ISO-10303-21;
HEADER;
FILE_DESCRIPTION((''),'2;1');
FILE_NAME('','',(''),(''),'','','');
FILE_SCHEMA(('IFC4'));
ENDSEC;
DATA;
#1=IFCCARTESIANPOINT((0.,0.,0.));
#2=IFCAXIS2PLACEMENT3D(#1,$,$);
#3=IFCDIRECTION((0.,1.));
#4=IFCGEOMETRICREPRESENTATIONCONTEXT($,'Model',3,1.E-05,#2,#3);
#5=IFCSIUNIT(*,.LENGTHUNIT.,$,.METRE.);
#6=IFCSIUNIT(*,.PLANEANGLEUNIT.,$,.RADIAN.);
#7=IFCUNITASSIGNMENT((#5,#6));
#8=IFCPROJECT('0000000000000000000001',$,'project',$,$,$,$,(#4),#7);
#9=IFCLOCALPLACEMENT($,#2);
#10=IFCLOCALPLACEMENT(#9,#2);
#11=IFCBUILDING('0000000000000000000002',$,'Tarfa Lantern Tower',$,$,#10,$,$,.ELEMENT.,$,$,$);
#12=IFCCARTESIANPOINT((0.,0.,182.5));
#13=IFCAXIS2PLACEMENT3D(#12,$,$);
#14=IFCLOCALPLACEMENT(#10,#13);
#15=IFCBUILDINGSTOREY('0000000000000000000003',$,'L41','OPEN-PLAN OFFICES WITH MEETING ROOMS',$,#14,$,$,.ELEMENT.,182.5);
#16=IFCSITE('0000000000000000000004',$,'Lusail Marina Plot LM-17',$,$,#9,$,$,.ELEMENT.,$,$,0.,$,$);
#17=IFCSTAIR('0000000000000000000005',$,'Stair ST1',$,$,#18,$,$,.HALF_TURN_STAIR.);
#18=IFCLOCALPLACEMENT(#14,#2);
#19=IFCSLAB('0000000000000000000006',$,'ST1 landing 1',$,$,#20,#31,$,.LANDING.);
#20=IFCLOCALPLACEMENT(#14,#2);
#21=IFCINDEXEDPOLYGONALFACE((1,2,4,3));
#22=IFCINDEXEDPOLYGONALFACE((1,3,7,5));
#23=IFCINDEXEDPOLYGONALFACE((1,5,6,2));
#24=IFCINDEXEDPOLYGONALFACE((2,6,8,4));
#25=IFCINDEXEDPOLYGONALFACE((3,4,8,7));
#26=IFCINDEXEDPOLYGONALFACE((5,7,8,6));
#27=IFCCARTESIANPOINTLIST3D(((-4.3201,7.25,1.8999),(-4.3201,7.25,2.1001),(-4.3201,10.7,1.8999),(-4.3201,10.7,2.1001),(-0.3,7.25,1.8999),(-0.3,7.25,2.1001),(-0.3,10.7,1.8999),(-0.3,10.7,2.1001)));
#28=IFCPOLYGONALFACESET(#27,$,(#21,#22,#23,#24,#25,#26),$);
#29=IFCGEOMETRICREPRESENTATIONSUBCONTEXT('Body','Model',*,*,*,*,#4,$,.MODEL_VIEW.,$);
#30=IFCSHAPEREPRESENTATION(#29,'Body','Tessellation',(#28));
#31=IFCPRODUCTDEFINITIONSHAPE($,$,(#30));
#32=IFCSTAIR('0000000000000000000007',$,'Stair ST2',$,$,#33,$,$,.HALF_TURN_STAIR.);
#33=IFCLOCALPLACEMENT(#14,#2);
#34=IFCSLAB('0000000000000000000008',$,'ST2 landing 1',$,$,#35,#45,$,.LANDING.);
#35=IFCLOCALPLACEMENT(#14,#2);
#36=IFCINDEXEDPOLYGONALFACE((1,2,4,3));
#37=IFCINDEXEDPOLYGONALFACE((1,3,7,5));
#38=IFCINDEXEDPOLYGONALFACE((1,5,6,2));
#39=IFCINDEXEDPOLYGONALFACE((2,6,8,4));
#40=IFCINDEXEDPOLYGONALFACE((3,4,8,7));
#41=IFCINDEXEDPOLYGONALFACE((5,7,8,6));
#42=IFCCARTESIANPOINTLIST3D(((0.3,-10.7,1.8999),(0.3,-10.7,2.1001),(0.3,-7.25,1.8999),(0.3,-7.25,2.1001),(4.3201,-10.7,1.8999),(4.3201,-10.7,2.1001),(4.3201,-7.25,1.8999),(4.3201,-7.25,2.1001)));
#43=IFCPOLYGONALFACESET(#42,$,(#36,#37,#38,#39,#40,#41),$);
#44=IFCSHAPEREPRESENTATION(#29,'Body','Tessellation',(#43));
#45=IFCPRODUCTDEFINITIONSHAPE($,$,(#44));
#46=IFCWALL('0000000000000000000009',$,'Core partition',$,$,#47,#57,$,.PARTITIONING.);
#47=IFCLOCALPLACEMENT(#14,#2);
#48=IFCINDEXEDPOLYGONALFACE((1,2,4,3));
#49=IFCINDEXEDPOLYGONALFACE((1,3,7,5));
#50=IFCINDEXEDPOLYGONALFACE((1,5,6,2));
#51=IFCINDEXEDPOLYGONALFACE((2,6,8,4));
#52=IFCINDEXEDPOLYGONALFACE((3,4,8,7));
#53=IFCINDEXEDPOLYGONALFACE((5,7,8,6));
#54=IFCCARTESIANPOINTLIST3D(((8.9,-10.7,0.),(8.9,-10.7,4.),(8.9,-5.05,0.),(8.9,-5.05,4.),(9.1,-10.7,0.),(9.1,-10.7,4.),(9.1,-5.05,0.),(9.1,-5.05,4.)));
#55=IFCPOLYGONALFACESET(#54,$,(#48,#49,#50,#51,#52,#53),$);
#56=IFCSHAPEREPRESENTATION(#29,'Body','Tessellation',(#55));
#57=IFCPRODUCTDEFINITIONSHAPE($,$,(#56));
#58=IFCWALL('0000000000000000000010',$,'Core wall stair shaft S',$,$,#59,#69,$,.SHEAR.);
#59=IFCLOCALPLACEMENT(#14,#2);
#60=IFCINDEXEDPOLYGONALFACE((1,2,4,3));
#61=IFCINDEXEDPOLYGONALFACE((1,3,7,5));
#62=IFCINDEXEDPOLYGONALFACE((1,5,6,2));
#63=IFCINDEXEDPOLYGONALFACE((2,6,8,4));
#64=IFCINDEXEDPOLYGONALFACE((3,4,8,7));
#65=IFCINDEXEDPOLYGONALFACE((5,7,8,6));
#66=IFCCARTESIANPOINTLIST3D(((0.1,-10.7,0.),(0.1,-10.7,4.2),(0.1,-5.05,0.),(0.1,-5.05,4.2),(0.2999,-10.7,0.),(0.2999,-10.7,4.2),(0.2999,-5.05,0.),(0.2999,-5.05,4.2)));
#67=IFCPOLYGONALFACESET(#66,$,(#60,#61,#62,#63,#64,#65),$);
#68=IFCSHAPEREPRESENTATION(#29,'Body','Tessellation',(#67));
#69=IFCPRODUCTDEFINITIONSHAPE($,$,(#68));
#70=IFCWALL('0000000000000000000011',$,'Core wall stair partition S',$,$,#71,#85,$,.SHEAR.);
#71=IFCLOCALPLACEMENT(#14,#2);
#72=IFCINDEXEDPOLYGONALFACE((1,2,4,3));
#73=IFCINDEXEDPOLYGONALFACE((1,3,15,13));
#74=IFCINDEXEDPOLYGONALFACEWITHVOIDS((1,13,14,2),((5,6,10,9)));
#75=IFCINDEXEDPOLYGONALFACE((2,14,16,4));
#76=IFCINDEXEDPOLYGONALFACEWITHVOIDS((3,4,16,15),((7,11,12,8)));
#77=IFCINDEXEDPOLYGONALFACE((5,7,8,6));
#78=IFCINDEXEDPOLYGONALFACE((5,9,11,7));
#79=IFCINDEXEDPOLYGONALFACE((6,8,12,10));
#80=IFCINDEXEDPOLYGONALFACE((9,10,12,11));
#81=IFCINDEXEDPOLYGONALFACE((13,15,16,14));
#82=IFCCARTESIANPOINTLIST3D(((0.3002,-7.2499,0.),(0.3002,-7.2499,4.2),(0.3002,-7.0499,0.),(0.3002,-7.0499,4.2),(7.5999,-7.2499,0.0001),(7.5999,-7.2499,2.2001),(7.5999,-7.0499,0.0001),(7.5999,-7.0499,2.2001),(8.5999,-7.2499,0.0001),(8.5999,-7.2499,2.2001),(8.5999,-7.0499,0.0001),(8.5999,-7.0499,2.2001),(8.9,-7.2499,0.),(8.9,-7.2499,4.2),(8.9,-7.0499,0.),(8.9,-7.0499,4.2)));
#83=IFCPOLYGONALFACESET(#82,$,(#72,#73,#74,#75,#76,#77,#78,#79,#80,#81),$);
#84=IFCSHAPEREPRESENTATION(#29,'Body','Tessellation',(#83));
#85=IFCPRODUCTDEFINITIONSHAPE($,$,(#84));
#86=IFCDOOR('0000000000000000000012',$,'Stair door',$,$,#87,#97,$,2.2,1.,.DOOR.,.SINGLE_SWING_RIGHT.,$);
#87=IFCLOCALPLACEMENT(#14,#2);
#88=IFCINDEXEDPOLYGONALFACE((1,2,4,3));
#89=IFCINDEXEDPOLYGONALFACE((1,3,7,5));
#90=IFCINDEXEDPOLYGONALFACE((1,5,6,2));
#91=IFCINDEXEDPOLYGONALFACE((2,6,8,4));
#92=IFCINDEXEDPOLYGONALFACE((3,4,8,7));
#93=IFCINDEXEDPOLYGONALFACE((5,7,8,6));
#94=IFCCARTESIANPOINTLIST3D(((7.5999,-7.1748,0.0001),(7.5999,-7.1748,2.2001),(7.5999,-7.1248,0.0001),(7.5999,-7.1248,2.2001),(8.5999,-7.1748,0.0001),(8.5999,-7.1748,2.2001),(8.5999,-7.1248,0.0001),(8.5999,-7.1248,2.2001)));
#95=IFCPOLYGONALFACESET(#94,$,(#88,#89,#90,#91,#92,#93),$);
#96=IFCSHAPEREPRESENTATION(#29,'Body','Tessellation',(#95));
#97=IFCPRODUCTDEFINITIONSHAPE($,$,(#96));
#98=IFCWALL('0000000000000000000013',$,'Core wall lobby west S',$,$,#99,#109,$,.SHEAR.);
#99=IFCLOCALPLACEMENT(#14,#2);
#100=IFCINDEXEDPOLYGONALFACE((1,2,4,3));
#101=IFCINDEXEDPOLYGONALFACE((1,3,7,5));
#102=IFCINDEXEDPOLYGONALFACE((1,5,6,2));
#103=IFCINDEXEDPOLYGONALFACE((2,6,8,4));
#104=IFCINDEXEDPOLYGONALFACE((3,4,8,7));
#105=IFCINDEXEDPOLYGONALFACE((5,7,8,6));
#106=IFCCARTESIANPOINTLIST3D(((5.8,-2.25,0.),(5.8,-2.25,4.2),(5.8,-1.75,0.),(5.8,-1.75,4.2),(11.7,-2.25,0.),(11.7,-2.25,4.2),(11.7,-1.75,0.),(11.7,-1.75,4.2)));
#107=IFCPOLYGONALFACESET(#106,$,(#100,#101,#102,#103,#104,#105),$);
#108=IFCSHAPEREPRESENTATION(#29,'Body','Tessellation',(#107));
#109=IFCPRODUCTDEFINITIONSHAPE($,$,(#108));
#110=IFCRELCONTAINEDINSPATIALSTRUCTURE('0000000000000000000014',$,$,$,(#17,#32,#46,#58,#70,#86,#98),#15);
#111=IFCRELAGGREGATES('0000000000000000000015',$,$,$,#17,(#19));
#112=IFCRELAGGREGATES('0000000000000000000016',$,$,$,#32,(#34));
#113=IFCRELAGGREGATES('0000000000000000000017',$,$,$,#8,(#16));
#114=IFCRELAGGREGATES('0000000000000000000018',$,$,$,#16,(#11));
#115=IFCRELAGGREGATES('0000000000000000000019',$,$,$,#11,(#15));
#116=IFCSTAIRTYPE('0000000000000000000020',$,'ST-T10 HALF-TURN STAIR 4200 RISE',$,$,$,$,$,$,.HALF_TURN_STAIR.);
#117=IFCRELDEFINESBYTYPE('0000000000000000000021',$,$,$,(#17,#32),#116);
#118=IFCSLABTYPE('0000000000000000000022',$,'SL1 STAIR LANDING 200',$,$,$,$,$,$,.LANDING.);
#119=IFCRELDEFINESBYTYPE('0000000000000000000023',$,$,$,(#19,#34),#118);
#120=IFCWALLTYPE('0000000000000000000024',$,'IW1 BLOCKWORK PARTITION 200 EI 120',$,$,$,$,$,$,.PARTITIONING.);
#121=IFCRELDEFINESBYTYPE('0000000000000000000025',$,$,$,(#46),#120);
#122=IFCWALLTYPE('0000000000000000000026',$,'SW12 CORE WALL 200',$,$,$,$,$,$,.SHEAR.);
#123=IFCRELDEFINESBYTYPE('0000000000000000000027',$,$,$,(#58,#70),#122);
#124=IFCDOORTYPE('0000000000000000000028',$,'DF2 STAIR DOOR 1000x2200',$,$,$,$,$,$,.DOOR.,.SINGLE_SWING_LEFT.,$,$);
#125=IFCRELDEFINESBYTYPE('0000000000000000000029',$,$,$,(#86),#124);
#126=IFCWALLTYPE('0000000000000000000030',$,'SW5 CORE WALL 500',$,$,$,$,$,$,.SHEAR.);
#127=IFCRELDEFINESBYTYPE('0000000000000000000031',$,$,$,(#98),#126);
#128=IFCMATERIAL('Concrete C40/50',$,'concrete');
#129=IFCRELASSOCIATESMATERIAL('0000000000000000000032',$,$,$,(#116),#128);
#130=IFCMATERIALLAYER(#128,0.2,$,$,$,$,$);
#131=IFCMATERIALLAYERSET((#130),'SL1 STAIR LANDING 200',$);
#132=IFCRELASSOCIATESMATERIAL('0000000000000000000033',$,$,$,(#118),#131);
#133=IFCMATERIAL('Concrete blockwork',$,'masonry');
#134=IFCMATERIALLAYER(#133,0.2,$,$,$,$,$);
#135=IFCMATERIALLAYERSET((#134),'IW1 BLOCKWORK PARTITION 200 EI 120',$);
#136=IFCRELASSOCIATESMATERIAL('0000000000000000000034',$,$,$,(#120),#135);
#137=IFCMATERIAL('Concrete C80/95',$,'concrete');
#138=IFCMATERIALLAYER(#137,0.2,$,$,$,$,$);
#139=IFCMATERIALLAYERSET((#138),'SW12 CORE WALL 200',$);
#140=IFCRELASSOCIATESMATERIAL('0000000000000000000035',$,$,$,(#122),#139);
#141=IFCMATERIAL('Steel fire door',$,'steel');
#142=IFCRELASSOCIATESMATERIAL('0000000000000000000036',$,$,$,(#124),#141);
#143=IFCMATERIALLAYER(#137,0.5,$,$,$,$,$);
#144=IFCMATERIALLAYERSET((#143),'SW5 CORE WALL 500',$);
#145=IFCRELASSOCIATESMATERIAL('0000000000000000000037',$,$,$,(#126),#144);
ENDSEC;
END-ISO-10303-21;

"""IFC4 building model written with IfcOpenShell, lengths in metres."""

from ifc_helpers import new_model, si_unit, direction, frame, frame_2d, origin, place, context, subcontext, project, spatial, polyline, rectangle, outline, extrude, material, layer, layer_set, type_object, element, fill, aggregate, save


model = new_model("IFC4")

# Units and contexts
model_context = context("Model", 3, precision=1e-05, world=origin(), true_north=direction((0.0, 1.0)))
body_context = subcontext(model_context, "Body", "Model", "MODEL_VIEW")
ifc_project = project(units=[si_unit("LENGTHUNIT", "METRE"), si_unit("PLANEANGLEUNIT", "RADIAN")], contexts=[model_context])

# Site, building, storey
site_placement = place(None, origin())
site = spatial("IfcSite", under=ifc_project, at=site_placement, Name="Lusail Marina Plot LM-17", CompositionType="ELEMENT", RefElevation=0.0)
building_placement = place(site_placement, origin())
building = spatial("IfcBuilding", under=site, at=building_placement, Name="Tarfa Lantern Tower", CompositionType="ELEMENT")
storey_placement = place(building_placement, frame((0.0, 0.0, 182.5)))
storey = spatial("IfcBuildingStorey", under=building, at=storey_placement, Name="L41", Description="OPEN-PLAN OFFICES WITH MEETING ROOMS", CompositionType="ELEMENT", Elevation=182.5)

# Stairs, slabs
ifc_material_1 = material(Name="Concrete C40/50", Category="concrete")
stair_type = type_object("IfcStairType", Name="ST-T10 HALF-TURN STAIR 4200 RISE", PredefinedType="HALF_TURN_STAIR", material=ifc_material_1)
stair_1_placement = place(storey_placement, origin())
stair_1 = element("IfcStair", 1, at=stair_1_placement, inside=storey, type_object=stair_type, Name="Stair ST1", PredefinedType="HALF_TURN_STAIR")
ifc_layer_1 = layer(ifc_material_1, 0.2)
ifc_layer_set_1 = layer_set([ifc_layer_1], Name="SL1 STAIR LANDING 200")
slab_type = type_object("IfcSlabType", Name="SL1 STAIR LANDING 200", PredefinedType="LANDING", material=ifc_layer_set_1)
slab_1_placement = place(storey_placement, frame((0.0, 0.0, 1.8999)))
slab_1 = element("IfcSlab", 2, at=slab_1_placement, type_object=slab_type, Name="ST1 landing 1", PredefinedType="LANDING", context=body_context, shape_type="SweptSolid", body=[
    extrude(outline(polyline([(-4.3201, 7.25), (-0.3, 7.25), (-0.3, 10.7), (-4.3201, 10.7), (-4.3201, 7.25)])), origin(), (0.0, 0.0, 1.0), 0.2002),
])
aggregate(stair_1, [slab_1])
stair_2_placement = place(storey_placement, origin())
stair_2 = element("IfcStair", 3, at=stair_2_placement, inside=storey, type_object=stair_type, Name="Stair ST2", PredefinedType="HALF_TURN_STAIR")
slab_2_placement = place(storey_placement, frame((0.0, 0.0, 1.8999)))
slab_2 = element("IfcSlab", 4, at=slab_2_placement, type_object=slab_type, Name="ST2 landing 1", PredefinedType="LANDING", context=body_context, shape_type="SweptSolid", body=[
    extrude(outline(polyline([(4.3201, -7.25), (0.3, -7.25), (0.3, -10.7), (4.3201, -10.7), (4.3201, -7.25)])), origin(), (0.0, 0.0, 1.0), 0.2002),
])

# Walls
ifc_material_2 = material(Name="Concrete blockwork", Category="masonry")
ifc_layer_2 = layer(ifc_material_2, 0.2)
ifc_layer_set_2 = layer_set([ifc_layer_2], Name="IW1 BLOCKWORK PARTITION 200 EI 120")
wall_type_1 = type_object("IfcWallType", Name="IW1 BLOCKWORK PARTITION 200 EI 120", PredefinedType="PARTITIONING", material=ifc_layer_set_2)
wall_1_placement = place(storey_placement, frame((9.0, -5.05, 0.0), z_axis=(0.0, 0.0, 1.0), x_axis=(0.0, -1.0, 0.0)))
element("IfcWall", 5, at=wall_1_placement, inside=storey, type_object=wall_type_1, Name="Core partition", PredefinedType="PARTITIONING", context=body_context, shape_type="SweptSolid", body=[
    extrude(rectangle(XDim=5.6499, YDim=0.2, at=frame_2d((2.825, 0.0))), origin(), (0.0, 0.0, 1.0), 4.0),
])
ifc_material_3 = material(Name="Concrete C80/95", Category="concrete")
ifc_layer_3 = layer(ifc_material_3, 0.2)
ifc_layer_set_3 = layer_set([ifc_layer_3], Name="SW12 CORE WALL 200")
wall_type_2 = type_object("IfcWallType", Name="SW12 CORE WALL 200", PredefinedType="SHEAR", material=ifc_layer_set_3)
wall_2_placement = place(storey_placement, frame((0.2, -5.05, 0.0), z_axis=(0.0, 0.0, 1.0), x_axis=(0.0, -1.0, 0.0)))
element("IfcWall", 6, at=wall_2_placement, inside=storey, type_object=wall_type_2, Name="Core wall stair shaft S", PredefinedType="SHEAR", context=body_context, shape_type="SweptSolid", body=[
    extrude(rectangle(XDim=5.6499, YDim=0.2, at=frame_2d((2.825, 0.0))), origin(), (0.0, 0.0, 1.0), 4.2),
])

# Wall, opening, door
wall_3_placement = place(storey_placement, frame((8.8999, -7.1499, 0.0), z_axis=(0.0, 0.0, 1.0), x_axis=(-1.0, 0.0, 0.0)))
wall_3 = element("IfcWall", 7, at=wall_3_placement, inside=storey, type_object=wall_type_2, Name="Core wall stair partition S", PredefinedType="SHEAR", context=body_context, shape_type="SweptSolid", body=[
    extrude(rectangle(XDim=8.5999, YDim=0.2, at=frame_2d((4.2998, 0.0))), origin(), (0.0, 0.0, 1.0), 4.2),
])
opening_1_placement = place(wall_3_placement, frame((0.3, 0.0, 0.0)))
opening_1 = element("IfcOpeningElement", 8, at=opening_1_placement, cuts=wall_3, PredefinedType="OPENING", context=body_context, shape_type="SweptSolid", body=[
    extrude(rectangle(XDim=1.0, YDim=2.2, at=frame_2d((0.5, 1.1001))), frame((0.0, 0.1099, 0.0), z_axis=(0.0, -1.0, 0.0), x_axis=(1.0, 0.0, 0.0)), (0.0, 0.0, 1.0), 0.22),
])
ifc_material_4 = material(Name="Steel fire door", Category="steel")
door_type_1 = type_object("IfcDoorType", Name="DF2 STAIR DOOR 1000x2200", OperationType="SINGLE_SWING_LEFT", PredefinedType="DOOR", material=ifc_material_4)
door_1_placement = place(opening_1_placement, origin())
door_1 = element("IfcDoor", 9, at=door_1_placement, inside=storey, type_object=door_type_1, Name="Stair door", OperationType="SINGLE_SWING_RIGHT", OverallHeight=2.2, OverallWidth=1.0, PredefinedType="DOOR", context=body_context, shape_type="SweptSolid", body=[
    extrude(rectangle(XDim=1.0, YDim=2.2, at=frame_2d((0.5, 1.1001))), frame((0.0, 0.0249, 0.0), z_axis=(0.0, -1.0, 0.0), x_axis=(1.0, 0.0, 0.0)), (0.0, 0.0, 1.0), 0.05),
])
fill(opening_1, door_1)

# Wall
ifc_layer_4 = layer(ifc_material_3, 0.5)
ifc_layer_set_4 = layer_set([ifc_layer_4], Name="SW5 CORE WALL 500")
wall_type_3 = type_object("IfcWallType", Name="SW5 CORE WALL 500", PredefinedType="SHEAR", material=ifc_layer_set_4)
wall_4_placement = place(storey_placement, frame((11.7, -2.0, 0.0), z_axis=(0.0, 0.0, 1.0), x_axis=(-1.0, 0.0, 0.0)))
element("IfcWall", 10, at=wall_4_placement, inside=storey, type_object=wall_type_3, Name="Core wall lobby west S", PredefinedType="SHEAR", context=body_context, shape_type="SweptSolid", body=[
    extrude(rectangle(XDim=5.8999, YDim=0.5, at=frame_2d((2.95, 0.0))), origin(), (0.0, 0.0, 1.0), 4.2),
])

aggregate(stair_2, [slab_2])

save(model, "model.ifc")
